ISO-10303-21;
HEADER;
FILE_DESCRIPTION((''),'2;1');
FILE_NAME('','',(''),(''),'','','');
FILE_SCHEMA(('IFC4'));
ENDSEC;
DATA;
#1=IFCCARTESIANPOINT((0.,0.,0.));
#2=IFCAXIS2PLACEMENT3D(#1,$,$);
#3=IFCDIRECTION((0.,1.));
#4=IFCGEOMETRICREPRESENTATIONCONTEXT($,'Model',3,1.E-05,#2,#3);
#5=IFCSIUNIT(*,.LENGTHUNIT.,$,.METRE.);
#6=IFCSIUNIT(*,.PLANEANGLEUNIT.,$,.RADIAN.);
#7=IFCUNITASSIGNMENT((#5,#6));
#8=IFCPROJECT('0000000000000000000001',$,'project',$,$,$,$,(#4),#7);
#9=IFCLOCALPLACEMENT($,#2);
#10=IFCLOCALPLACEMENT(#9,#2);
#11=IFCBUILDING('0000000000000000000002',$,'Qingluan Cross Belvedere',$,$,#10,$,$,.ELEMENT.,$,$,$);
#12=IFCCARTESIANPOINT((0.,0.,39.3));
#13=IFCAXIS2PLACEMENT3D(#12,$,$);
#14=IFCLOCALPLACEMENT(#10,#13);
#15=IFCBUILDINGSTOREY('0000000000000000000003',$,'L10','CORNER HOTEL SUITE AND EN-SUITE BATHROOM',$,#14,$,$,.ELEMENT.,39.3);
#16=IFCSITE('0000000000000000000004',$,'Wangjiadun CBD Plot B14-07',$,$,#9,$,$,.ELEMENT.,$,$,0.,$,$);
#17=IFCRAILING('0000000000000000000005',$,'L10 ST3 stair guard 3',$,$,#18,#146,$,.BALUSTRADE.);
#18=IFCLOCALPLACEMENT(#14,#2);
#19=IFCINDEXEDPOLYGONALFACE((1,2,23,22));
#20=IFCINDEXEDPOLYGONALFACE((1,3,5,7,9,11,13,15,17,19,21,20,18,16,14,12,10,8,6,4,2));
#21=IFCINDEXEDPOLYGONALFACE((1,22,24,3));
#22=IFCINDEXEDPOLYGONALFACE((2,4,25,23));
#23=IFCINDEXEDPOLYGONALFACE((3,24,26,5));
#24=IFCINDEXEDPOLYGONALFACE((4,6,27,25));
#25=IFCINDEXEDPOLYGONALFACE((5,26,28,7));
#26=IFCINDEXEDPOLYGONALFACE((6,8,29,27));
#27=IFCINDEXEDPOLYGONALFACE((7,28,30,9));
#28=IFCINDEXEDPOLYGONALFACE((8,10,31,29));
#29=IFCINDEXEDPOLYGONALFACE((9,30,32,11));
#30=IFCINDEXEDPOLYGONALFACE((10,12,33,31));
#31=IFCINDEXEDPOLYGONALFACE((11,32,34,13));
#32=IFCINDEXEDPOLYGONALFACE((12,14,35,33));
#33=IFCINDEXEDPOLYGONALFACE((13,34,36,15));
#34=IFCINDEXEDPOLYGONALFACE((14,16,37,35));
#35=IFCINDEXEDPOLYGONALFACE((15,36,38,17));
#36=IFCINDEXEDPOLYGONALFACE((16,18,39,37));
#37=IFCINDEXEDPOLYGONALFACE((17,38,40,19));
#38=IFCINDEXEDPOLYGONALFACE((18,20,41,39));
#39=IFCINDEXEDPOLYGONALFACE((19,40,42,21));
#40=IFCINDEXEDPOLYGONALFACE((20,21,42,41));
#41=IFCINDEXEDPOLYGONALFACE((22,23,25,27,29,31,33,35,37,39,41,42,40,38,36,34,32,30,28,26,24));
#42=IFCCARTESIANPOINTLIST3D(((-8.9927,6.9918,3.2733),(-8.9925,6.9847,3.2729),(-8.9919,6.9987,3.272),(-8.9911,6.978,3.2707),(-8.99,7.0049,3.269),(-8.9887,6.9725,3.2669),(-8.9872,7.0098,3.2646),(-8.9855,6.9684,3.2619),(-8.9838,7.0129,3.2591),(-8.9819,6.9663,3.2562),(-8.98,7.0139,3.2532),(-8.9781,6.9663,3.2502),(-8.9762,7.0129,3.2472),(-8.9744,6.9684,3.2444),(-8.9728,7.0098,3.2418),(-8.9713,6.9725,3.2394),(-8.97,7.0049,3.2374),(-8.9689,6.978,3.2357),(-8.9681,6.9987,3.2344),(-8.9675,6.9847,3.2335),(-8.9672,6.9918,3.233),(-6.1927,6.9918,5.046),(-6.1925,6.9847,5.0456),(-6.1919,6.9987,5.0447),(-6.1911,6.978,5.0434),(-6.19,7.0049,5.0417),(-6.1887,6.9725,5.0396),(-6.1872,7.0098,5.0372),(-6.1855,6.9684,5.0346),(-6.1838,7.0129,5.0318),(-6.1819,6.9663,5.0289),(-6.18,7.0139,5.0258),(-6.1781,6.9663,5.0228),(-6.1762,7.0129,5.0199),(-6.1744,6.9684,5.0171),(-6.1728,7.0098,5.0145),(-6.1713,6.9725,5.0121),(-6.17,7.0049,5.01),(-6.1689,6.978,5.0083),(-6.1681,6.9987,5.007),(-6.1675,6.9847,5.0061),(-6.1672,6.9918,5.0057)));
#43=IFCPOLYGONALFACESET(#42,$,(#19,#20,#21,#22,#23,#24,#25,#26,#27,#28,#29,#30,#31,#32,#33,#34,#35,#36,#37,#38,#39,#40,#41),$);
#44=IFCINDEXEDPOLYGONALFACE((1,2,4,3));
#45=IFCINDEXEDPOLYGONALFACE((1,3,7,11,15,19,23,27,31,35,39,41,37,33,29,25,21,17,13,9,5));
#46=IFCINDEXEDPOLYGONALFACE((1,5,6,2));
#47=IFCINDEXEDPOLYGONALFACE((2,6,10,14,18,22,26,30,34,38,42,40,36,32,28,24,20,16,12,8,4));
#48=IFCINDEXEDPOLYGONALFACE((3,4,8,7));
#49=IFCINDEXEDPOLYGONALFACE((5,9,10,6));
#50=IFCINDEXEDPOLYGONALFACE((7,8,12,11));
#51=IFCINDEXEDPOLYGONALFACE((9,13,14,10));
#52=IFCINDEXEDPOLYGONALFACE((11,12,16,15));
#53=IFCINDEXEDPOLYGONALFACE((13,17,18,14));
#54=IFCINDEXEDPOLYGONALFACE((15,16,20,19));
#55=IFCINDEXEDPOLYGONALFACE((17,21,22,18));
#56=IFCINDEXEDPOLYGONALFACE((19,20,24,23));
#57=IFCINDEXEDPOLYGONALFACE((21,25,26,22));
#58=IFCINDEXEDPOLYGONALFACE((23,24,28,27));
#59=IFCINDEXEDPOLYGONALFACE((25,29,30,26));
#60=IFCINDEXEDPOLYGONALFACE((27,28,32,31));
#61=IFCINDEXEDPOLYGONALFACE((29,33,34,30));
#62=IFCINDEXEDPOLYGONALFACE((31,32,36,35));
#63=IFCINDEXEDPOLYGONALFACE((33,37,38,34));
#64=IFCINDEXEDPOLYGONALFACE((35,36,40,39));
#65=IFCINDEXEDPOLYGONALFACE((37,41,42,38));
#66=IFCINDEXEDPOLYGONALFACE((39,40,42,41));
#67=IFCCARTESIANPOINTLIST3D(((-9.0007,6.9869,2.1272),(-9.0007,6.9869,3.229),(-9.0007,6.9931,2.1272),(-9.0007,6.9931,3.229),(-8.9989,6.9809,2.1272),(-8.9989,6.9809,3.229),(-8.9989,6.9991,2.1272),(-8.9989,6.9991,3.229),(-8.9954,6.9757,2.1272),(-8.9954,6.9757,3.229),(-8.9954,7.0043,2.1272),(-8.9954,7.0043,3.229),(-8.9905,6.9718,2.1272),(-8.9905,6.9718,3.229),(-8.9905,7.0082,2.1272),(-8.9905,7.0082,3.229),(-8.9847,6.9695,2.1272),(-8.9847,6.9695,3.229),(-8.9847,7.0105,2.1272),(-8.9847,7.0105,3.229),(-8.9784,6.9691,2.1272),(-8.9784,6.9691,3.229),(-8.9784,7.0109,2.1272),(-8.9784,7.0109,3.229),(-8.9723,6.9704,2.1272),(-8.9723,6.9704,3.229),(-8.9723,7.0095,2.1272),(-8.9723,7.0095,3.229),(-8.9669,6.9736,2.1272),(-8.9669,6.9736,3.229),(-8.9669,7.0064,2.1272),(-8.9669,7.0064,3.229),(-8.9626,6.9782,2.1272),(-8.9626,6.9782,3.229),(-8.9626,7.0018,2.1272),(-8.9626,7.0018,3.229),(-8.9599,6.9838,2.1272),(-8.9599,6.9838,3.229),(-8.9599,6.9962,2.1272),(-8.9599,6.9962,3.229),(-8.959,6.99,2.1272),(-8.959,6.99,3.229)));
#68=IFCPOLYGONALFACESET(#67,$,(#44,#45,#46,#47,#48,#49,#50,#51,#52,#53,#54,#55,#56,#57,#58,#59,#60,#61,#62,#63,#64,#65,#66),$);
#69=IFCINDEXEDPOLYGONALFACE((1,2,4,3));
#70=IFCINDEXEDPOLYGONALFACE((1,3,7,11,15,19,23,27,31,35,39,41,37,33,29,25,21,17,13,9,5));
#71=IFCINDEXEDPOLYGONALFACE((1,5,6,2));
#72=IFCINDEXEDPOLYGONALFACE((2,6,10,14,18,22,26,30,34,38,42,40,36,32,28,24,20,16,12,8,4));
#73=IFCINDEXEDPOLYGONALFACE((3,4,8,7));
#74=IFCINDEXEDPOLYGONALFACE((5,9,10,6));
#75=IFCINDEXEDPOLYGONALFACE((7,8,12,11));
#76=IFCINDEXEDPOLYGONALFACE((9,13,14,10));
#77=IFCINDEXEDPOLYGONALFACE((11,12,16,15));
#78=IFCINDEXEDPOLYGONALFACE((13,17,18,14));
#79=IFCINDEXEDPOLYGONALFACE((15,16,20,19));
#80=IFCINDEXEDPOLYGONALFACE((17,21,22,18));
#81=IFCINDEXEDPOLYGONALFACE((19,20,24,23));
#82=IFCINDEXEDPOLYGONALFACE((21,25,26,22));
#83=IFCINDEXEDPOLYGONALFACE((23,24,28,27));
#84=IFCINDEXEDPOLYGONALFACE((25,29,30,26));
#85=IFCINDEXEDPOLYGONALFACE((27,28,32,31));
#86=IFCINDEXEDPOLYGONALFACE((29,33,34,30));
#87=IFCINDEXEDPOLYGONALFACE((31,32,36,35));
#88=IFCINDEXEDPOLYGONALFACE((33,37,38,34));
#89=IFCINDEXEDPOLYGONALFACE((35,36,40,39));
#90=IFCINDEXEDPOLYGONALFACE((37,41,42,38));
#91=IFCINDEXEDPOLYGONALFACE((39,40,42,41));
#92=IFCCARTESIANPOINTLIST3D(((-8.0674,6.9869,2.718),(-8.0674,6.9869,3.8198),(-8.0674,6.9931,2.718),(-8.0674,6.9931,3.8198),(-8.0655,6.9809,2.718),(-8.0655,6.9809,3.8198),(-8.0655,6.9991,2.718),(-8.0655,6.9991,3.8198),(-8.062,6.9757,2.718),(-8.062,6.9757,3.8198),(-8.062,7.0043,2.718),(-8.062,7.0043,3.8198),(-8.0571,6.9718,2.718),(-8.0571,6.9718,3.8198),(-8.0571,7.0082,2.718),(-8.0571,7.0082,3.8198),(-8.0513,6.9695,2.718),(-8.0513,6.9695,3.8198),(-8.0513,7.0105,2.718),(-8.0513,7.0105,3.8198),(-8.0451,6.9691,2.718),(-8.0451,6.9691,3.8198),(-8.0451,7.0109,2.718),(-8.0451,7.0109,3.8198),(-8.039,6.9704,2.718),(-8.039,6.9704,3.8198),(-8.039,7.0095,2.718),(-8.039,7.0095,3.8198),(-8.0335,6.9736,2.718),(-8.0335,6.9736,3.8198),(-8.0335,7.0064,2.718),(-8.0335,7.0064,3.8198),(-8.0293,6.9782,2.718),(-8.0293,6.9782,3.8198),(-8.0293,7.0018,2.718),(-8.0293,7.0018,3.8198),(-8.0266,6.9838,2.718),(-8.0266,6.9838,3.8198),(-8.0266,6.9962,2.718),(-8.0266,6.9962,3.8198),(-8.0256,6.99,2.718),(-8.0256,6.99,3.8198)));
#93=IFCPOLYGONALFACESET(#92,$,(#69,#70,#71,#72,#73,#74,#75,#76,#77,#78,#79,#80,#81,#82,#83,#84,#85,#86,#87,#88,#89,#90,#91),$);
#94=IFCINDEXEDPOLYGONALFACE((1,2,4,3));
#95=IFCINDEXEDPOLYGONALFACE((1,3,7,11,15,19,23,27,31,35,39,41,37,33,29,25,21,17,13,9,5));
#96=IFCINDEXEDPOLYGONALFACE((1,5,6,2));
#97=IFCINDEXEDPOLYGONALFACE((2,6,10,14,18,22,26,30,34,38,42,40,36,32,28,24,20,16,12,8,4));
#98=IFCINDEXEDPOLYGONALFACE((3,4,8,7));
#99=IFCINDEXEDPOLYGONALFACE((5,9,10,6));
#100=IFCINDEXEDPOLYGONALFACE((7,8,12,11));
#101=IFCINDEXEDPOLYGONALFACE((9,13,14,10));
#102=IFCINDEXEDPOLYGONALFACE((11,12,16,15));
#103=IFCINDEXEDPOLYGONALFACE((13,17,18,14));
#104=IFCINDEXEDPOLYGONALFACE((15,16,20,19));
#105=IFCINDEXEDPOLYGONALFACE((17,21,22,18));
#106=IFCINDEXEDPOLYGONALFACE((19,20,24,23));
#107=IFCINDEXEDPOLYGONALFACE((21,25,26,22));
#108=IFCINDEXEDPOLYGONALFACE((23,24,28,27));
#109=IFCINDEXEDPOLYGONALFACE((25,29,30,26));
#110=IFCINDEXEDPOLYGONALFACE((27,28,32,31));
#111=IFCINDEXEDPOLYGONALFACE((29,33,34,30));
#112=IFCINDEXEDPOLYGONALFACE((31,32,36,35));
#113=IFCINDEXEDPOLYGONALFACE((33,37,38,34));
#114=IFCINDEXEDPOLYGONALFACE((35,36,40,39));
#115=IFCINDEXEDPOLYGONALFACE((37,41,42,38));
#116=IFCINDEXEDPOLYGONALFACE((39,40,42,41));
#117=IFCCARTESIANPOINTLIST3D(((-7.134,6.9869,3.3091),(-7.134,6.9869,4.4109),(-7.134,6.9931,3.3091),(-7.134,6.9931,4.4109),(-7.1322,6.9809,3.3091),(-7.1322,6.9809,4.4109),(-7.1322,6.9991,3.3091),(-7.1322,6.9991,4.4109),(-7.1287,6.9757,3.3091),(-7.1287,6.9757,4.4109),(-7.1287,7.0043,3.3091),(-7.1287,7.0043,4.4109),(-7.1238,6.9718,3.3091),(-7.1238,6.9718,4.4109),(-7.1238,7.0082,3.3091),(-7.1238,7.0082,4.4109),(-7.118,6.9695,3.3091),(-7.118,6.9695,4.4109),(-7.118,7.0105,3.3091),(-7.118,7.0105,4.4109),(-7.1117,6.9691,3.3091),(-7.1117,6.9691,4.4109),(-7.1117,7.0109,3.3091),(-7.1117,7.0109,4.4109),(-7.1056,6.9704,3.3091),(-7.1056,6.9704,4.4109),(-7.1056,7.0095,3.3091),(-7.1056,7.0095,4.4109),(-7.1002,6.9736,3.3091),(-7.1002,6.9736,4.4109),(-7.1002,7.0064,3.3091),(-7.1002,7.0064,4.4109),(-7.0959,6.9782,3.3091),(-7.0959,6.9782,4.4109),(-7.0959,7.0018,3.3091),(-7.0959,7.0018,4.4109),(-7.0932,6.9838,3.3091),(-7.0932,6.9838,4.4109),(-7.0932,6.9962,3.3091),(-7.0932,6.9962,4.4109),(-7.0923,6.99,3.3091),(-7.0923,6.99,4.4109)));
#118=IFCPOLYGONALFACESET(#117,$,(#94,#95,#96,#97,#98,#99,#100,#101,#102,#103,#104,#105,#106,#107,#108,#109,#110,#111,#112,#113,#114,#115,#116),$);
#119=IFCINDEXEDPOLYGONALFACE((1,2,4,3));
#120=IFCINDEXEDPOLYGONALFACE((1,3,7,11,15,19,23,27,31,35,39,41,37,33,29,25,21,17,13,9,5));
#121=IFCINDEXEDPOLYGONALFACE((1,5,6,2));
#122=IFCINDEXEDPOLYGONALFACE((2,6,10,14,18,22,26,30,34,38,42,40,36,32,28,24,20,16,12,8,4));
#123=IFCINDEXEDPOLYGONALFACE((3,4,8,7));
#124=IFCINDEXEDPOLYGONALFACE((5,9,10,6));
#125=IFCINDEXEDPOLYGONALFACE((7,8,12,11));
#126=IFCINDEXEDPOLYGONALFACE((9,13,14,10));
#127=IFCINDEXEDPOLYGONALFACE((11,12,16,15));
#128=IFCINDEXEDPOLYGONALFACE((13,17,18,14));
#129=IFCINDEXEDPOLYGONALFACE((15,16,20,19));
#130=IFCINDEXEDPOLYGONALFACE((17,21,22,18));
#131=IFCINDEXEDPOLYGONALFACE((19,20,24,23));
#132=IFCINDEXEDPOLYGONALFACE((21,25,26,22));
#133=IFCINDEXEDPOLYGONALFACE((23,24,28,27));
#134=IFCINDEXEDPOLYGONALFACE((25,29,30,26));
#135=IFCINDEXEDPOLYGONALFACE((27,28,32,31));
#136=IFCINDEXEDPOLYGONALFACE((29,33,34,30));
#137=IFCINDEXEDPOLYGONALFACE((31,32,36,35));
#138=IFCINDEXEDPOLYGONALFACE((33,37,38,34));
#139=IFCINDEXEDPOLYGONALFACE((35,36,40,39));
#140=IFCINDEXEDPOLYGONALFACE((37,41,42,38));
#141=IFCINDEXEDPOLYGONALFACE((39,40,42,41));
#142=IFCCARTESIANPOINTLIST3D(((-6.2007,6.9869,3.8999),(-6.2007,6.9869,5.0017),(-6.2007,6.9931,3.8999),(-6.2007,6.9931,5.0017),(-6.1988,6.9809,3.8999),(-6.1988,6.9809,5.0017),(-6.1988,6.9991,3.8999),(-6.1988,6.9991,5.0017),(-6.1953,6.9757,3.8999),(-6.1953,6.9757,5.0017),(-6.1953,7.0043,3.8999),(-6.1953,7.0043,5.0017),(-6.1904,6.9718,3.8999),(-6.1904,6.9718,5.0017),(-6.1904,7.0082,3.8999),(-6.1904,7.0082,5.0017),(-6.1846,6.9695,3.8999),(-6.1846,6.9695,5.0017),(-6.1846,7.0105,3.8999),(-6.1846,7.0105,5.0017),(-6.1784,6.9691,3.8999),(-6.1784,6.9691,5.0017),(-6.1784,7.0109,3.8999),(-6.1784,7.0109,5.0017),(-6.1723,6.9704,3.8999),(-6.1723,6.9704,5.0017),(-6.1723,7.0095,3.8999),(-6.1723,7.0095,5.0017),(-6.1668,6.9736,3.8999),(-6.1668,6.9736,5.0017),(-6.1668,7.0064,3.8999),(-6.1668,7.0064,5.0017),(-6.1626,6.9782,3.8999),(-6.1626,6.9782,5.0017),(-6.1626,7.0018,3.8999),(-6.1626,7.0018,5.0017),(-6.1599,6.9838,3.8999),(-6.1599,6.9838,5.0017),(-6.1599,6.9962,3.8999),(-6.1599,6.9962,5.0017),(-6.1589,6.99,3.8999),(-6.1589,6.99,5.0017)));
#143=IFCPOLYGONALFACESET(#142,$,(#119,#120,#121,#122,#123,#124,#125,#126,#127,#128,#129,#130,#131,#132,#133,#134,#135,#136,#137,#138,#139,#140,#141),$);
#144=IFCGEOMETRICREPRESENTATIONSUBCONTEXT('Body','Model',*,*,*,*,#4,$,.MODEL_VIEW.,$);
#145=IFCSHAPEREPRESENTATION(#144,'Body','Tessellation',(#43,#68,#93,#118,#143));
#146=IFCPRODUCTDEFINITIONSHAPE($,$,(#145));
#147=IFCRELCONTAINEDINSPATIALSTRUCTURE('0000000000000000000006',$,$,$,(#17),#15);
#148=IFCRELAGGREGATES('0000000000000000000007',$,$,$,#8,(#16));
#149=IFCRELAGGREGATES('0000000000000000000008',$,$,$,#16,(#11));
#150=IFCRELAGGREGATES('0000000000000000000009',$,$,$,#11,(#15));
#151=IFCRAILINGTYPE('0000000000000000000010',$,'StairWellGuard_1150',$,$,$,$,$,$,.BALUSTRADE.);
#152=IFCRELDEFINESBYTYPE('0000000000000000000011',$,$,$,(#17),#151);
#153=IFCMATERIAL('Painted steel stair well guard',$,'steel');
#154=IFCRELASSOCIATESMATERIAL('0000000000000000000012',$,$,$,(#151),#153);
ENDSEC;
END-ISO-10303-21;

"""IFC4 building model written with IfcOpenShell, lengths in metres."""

from ifc_helpers import new_model, si_unit, direction, frame, origin, origin_2d, place, context, subcontext, project, spatial, circle, extrude, material, type_object, element, save


model = new_model("IFC4")

# Units and contexts
model_context = context("Model", 3, precision=1e-05, world=origin(), true_north=direction((0.0, 1.0)))
body_context = subcontext(model_context, "Body", "Model", "MODEL_VIEW")
ifc_project = project(units=[si_unit("LENGTHUNIT", "METRE"), si_unit("PLANEANGLEUNIT", "RADIAN")], contexts=[model_context])

# Site, building, storey
site_placement = place(None, origin())
site = spatial("IfcSite", under=ifc_project, at=site_placement, Name="Wangjiadun CBD Plot B14-07", CompositionType="ELEMENT", RefElevation=0.0)
building_placement = place(site_placement, origin())
building = spatial("IfcBuilding", under=site, at=building_placement, Name="Qingluan Cross Belvedere", CompositionType="ELEMENT")
storey_placement = place(building_placement, frame((0.0, 0.0, 39.3)))
storey = spatial("IfcBuildingStorey", under=building, at=storey_placement, Name="L10", Description="CORNER HOTEL SUITE AND EN-SUITE BATHROOM", CompositionType="ELEMENT", Elevation=39.3)

# Railing
ifc_material_1 = material(Name="Painted steel stair well guard", Category="steel")
railing_type_1 = type_object("IfcRailingType", Name="StairWellGuard_1150", PredefinedType="BALUSTRADE", material=ifc_material_1)
railing_1_placement = place(storey_placement, frame((-8.98, 6.99, 2.1272)))
element("IfcRailing", 1, at=railing_1_placement, inside=storey, type_object=railing_type_1, Name="L10 ST3 stair guard 3", PredefinedType="BALUSTRADE", context=body_context, shape_type="SweptSolid", body=[
    extrude(circle(Radius=0.0239, at=origin_2d()), frame((0.0, 0.0, 1.126), z_axis=(0.844909, 0.0, 0.53491), x_axis=(0.0, 1.0, 0.0)), (0.0, 0.0, 1.0), 3.314),
    extrude(circle(Radius=0.021, at=origin_2d()), origin(), (0.0, 0.0, 1.0), 1.1018),
    extrude(circle(Radius=0.021, at=origin_2d()), frame((0.9333, 0.0, 0.5908)), (0.0, 0.0, 1.0), 1.1018),
    extrude(circle(Radius=0.021, at=origin_2d()), frame((1.8667, 0.0, 1.1819)), (0.0, 0.0, 1.0), 1.1018),
    extrude(circle(Radius=0.021, at=origin_2d()), frame((2.8, 0.0, 1.7727)), (0.0, 0.0, 1.0), 1.1018),
])

save(model, "model.ifc")
